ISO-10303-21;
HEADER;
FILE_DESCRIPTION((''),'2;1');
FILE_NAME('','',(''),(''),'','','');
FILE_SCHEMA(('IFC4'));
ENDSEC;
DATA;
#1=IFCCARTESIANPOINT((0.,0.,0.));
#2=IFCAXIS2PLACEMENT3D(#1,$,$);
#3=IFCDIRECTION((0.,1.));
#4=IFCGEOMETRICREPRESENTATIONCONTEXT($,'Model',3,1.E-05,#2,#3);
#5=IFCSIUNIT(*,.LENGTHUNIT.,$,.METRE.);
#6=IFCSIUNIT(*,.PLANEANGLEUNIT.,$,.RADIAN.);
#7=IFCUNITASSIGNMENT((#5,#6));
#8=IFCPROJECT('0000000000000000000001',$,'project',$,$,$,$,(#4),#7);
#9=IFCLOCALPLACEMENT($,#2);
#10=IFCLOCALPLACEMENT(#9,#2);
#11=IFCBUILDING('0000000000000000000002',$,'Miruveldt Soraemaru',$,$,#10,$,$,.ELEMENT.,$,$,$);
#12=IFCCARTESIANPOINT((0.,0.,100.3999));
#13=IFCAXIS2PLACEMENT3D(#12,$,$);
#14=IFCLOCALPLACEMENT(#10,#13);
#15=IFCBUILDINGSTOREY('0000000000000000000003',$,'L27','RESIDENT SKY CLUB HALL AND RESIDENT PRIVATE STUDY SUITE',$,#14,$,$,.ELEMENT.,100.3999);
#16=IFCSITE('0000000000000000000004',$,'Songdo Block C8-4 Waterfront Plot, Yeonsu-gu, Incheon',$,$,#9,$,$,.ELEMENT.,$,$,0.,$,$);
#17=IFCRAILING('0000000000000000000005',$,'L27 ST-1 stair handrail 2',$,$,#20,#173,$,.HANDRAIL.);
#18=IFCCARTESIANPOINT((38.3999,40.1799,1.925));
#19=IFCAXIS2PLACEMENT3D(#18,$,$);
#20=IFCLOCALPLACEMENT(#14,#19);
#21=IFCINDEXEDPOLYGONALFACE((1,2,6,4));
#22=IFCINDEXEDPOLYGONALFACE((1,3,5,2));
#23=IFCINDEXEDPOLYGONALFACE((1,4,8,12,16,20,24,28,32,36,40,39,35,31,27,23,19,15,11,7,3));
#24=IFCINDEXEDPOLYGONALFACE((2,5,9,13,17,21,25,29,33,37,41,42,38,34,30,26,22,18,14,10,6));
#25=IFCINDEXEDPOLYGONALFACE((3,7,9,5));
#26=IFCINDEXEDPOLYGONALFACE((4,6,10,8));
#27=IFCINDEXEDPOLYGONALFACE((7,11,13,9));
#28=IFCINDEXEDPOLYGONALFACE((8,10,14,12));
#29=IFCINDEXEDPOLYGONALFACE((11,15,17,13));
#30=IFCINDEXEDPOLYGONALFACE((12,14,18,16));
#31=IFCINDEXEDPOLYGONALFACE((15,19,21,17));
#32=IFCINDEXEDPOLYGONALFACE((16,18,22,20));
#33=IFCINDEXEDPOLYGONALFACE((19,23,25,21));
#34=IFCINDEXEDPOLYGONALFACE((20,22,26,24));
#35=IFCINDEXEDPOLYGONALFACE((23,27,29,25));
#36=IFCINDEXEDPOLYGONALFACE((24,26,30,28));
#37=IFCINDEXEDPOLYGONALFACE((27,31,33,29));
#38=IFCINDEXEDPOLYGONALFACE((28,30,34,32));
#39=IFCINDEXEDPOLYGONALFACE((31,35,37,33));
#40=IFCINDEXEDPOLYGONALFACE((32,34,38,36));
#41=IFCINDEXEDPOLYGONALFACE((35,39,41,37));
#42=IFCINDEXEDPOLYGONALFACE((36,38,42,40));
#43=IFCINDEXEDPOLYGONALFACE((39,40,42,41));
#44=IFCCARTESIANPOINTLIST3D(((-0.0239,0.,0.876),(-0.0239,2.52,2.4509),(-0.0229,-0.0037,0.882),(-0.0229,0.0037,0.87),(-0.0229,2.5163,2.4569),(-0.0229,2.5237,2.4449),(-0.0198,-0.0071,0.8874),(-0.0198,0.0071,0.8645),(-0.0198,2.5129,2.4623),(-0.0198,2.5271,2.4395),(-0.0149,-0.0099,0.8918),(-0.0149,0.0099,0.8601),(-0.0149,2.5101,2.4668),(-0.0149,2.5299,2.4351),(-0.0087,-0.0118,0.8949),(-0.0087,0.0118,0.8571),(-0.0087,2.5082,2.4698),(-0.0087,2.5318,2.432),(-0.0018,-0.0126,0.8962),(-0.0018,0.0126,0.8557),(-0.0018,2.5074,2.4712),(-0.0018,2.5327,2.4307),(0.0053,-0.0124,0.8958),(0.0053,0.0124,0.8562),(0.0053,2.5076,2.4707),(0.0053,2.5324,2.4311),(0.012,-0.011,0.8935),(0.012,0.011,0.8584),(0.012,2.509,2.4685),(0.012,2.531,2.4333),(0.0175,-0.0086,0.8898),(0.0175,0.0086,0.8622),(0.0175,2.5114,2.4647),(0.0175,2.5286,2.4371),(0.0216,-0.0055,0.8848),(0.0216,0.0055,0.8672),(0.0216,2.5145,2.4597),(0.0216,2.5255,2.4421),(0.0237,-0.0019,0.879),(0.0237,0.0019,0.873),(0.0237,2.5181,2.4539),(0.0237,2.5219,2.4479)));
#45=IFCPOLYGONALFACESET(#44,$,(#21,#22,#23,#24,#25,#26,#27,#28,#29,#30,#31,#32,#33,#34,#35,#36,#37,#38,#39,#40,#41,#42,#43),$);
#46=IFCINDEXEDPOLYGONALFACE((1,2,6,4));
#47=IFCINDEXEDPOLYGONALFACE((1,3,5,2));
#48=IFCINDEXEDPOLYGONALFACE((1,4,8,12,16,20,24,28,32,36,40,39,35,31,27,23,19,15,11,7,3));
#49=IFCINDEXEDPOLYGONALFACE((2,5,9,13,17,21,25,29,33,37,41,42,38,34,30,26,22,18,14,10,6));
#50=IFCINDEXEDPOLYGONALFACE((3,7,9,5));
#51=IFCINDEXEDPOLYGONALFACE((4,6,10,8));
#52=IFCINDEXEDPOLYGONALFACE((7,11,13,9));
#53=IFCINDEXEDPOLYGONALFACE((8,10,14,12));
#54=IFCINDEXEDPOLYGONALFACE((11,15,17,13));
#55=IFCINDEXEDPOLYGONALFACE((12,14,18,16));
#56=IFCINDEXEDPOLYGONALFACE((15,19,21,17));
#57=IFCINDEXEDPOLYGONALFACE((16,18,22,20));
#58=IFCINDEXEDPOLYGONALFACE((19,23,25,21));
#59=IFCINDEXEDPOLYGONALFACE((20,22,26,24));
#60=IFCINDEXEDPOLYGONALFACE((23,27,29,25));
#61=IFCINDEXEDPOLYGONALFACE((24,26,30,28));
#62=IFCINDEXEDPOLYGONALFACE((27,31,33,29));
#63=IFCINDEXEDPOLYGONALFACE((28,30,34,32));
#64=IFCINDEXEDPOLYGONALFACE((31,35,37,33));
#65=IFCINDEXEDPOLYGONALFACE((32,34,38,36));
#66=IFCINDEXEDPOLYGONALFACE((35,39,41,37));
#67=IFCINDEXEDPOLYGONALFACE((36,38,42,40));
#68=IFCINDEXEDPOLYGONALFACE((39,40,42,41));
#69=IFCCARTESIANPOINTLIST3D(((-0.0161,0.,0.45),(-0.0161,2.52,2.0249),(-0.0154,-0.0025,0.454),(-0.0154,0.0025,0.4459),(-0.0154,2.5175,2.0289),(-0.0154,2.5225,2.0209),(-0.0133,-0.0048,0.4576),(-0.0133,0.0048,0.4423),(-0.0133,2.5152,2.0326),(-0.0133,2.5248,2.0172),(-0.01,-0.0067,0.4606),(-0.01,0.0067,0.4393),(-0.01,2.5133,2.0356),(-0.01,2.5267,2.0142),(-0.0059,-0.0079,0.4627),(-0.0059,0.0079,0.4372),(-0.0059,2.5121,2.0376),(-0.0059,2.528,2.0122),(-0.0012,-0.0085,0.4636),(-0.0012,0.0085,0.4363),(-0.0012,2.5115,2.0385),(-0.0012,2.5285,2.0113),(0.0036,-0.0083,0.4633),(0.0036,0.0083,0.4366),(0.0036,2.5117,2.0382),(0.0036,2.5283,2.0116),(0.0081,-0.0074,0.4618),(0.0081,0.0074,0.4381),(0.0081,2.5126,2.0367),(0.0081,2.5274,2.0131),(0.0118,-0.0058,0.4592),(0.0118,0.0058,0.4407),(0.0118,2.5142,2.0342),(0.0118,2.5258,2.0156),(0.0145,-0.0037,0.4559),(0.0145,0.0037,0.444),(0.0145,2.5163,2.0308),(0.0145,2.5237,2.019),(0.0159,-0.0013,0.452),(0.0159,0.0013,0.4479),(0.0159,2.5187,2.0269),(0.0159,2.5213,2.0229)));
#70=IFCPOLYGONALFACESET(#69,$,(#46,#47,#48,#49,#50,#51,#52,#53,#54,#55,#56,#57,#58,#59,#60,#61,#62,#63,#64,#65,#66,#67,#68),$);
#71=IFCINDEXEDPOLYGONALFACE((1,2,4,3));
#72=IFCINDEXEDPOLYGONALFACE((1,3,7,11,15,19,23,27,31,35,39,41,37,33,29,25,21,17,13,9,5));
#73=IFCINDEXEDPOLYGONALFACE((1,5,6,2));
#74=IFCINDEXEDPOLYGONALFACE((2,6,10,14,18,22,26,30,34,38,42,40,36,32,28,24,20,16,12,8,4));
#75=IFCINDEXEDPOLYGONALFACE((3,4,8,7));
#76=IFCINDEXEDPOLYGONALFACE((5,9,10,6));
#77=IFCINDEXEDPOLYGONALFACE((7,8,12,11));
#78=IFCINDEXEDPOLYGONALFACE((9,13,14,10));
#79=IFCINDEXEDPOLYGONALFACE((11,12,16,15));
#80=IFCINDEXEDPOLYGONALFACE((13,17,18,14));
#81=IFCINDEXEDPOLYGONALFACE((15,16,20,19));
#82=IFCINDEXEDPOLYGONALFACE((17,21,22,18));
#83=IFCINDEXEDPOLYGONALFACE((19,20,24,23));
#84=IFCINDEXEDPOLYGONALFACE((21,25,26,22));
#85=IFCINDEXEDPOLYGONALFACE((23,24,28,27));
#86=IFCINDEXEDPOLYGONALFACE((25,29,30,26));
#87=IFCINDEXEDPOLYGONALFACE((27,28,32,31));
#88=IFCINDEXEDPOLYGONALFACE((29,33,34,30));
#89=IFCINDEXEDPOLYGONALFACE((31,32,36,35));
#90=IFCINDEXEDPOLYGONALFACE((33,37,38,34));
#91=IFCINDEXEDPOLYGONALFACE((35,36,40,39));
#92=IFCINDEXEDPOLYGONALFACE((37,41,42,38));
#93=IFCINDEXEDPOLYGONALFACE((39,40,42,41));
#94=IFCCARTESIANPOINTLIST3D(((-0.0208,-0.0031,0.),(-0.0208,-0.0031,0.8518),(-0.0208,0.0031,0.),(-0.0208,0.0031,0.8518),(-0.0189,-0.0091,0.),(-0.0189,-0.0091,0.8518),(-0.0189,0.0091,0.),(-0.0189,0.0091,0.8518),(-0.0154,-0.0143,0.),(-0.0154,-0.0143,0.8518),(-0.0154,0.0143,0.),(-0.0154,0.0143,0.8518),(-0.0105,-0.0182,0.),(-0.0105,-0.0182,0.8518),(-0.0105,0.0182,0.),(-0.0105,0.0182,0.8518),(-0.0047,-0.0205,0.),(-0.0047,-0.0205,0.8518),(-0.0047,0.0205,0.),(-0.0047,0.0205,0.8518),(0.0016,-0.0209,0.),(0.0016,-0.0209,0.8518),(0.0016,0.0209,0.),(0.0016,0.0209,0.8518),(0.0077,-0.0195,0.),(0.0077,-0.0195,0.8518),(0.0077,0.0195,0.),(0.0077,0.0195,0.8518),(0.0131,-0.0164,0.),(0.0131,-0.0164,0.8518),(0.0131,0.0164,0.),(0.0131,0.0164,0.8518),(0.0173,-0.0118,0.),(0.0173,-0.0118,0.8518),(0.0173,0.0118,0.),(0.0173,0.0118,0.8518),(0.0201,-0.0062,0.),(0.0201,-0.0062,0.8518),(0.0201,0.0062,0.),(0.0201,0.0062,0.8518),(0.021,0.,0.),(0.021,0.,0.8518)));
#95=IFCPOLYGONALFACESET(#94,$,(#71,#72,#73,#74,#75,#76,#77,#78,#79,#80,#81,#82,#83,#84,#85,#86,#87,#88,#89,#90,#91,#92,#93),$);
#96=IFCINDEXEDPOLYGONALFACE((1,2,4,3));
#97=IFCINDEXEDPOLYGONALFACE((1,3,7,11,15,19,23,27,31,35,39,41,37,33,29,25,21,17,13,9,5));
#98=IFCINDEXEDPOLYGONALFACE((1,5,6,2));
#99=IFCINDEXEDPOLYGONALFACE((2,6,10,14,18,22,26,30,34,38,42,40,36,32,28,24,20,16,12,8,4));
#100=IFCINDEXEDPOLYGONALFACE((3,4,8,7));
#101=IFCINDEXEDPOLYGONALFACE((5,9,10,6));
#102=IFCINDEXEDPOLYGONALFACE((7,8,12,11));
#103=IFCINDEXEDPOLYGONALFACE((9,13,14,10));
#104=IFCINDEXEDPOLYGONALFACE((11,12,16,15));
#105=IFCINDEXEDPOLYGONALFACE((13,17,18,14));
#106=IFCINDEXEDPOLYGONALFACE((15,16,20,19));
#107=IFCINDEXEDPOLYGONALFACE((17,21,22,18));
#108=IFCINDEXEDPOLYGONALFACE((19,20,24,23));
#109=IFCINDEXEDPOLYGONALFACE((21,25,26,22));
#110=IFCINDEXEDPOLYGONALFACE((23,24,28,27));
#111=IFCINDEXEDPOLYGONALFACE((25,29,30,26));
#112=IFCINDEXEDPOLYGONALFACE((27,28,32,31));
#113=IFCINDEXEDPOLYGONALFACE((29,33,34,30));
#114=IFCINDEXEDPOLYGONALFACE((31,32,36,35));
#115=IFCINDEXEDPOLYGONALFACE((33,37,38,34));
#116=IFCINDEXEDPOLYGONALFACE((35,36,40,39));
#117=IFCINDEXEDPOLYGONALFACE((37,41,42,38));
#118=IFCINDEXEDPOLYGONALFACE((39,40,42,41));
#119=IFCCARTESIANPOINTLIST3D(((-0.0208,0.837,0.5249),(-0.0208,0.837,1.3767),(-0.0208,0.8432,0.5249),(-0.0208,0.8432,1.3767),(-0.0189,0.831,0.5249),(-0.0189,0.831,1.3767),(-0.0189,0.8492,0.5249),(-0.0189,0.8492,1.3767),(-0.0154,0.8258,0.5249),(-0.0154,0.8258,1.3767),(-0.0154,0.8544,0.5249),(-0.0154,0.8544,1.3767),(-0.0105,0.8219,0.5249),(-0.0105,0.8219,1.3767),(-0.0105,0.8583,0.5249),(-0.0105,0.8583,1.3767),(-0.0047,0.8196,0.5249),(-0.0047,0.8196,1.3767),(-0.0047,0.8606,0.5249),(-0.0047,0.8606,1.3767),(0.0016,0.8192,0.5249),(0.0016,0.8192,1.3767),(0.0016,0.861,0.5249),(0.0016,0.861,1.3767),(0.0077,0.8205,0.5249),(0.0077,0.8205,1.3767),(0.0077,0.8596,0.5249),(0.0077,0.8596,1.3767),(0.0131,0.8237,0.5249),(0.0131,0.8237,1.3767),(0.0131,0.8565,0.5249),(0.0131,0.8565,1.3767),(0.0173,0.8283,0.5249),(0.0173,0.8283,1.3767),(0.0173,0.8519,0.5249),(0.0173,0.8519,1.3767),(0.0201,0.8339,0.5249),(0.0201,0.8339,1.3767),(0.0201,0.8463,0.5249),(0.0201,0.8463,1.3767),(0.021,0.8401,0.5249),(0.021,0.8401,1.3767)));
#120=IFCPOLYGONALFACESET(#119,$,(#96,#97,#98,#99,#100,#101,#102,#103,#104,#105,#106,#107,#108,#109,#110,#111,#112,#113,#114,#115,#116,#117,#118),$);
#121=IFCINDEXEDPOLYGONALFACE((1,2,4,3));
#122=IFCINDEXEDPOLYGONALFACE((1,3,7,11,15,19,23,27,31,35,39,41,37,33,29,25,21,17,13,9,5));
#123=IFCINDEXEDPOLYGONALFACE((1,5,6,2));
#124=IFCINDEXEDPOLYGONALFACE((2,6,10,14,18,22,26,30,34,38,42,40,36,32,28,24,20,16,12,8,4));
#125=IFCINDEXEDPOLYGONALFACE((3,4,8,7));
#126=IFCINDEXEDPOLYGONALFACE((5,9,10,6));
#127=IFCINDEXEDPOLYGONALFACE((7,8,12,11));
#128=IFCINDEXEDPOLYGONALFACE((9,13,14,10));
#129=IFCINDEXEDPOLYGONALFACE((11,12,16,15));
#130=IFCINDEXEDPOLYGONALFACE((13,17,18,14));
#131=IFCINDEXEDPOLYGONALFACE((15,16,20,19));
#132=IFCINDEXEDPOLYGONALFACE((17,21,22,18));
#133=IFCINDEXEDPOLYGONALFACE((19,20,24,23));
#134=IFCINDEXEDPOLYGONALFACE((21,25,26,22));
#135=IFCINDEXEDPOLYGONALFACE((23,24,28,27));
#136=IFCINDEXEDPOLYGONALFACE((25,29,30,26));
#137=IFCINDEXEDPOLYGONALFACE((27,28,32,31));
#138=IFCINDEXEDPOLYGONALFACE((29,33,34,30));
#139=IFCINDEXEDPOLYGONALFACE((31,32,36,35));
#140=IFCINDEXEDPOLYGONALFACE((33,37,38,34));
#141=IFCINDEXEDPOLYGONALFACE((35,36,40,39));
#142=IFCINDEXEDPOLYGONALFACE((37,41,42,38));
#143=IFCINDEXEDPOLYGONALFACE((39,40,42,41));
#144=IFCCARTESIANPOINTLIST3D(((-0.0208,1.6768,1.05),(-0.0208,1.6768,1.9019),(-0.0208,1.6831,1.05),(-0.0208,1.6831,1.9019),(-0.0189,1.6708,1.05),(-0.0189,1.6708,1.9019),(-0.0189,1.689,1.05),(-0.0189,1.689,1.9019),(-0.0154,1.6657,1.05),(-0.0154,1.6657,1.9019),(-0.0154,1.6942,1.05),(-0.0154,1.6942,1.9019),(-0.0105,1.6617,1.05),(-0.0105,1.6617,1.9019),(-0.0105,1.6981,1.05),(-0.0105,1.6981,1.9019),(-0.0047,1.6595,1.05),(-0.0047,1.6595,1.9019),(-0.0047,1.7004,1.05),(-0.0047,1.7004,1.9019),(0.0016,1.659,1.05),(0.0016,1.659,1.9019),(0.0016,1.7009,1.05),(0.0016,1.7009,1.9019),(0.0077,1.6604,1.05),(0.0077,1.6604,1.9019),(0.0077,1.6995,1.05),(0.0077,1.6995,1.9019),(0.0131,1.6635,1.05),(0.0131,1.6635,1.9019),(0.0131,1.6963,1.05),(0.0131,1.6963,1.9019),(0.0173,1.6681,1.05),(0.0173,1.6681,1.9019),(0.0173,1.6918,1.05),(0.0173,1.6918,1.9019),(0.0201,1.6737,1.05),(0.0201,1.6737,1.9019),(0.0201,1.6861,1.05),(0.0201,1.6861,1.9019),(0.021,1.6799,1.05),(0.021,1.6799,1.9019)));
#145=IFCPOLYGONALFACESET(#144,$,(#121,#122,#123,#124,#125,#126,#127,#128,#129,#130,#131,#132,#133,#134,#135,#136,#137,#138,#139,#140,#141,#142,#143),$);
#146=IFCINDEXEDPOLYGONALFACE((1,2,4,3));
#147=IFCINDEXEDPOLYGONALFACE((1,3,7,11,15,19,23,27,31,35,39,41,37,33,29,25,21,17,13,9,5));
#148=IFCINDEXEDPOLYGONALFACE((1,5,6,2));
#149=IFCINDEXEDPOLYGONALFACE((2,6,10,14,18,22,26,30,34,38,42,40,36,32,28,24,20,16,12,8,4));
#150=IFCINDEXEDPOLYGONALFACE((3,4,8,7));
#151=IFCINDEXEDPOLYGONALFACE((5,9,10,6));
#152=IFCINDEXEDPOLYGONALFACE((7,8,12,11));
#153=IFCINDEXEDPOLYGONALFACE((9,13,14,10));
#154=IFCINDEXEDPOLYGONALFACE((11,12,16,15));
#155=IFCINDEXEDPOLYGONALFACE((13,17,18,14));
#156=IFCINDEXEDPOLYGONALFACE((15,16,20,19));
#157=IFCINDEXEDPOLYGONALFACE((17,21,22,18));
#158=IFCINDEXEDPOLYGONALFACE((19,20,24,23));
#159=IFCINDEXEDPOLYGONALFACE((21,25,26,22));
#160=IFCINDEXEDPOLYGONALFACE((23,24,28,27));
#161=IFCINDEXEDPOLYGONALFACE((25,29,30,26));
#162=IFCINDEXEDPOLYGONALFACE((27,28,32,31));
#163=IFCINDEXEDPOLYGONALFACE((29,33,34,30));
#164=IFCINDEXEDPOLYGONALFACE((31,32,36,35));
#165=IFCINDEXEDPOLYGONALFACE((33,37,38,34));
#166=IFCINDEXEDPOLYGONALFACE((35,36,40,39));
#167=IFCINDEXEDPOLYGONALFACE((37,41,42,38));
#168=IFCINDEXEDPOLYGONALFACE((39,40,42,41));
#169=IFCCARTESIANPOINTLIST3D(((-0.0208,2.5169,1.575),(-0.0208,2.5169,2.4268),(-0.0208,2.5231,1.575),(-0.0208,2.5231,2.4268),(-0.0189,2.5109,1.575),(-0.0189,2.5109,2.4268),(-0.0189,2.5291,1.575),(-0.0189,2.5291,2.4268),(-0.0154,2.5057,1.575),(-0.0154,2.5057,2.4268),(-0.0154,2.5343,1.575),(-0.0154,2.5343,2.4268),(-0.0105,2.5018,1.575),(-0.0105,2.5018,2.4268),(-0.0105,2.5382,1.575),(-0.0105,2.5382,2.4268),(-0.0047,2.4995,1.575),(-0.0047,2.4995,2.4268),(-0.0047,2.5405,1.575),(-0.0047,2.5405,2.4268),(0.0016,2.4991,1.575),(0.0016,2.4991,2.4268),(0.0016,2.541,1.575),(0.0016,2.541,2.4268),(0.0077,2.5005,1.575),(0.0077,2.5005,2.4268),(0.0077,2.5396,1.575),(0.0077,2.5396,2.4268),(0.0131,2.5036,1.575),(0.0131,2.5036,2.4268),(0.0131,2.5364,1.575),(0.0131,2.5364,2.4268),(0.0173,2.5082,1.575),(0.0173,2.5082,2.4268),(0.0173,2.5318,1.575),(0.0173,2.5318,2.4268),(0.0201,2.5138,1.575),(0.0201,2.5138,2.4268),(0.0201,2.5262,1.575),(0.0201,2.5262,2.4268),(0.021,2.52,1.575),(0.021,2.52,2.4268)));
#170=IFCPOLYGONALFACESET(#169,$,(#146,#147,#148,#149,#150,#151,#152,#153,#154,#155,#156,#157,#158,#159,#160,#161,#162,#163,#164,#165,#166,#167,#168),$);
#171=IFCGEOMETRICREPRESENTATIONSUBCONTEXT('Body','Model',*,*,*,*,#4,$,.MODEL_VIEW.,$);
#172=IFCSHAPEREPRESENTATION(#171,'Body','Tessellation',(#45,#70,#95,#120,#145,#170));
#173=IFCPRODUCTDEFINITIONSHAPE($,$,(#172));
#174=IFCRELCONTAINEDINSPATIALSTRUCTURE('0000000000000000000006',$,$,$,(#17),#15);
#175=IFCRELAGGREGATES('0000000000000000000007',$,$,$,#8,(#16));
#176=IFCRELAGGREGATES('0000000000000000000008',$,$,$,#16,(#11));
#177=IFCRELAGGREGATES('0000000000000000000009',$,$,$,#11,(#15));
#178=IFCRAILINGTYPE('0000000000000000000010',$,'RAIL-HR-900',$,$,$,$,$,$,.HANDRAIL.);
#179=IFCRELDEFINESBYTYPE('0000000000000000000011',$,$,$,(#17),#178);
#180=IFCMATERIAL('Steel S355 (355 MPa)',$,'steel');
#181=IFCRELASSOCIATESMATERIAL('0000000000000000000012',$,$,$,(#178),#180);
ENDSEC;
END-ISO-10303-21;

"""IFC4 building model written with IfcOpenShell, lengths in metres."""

from ifc_helpers import new_model, si_unit, direction, frame, origin, origin_2d, place, context, subcontext, project, spatial, circle, extrude, material, type_object, element, save


model = new_model("IFC4")

# Units and contexts
model_context = context("Model", 3, precision=1e-05, world=origin(), true_north=direction((0.0, 1.0)))
body_context = subcontext(model_context, "Body", "Model", "MODEL_VIEW")
ifc_project = project(units=[si_unit("LENGTHUNIT", "METRE"), si_unit("PLANEANGLEUNIT", "RADIAN")], contexts=[model_context])

# Site, building, storey
site_placement = place(None, origin())
site = spatial("IfcSite", under=ifc_project, at=site_placement, Name="Songdo Block C8-4 Waterfront Plot, Yeonsu-gu, Incheon", CompositionType="ELEMENT", RefElevation=0.0)
building_placement = place(site_placement, origin())
building = spatial("IfcBuilding", under=site, at=building_placement, Name="Miruveldt Soraemaru", CompositionType="ELEMENT")
storey_placement = place(building_placement, frame((0.0, 0.0, 100.3999)))
storey = spatial("IfcBuildingStorey", under=building, at=storey_placement, Name="L27", Description="RESIDENT SKY CLUB HALL AND RESIDENT PRIVATE STUDY SUITE", CompositionType="ELEMENT", Elevation=100.3999)

# Railing
ifc_material_1 = material(Name="Steel S355 (355 MPa)", Category="steel")
railing_type_1 = type_object("IfcRailingType", Name="RAIL-HR-900", PredefinedType="HANDRAIL", material=ifc_material_1)
railing_1_placement = place(storey_placement, frame((38.3999, 40.1799, 1.925)))
element("IfcRailing", 1, at=railing_1_placement, inside=storey, type_object=railing_type_1, Name="L27 ST-1 stair handrail 2", PredefinedType="HANDRAIL", context=body_context, shape_type="SweptSolid", body=[
    extrude(circle(Radius=0.0239, at=origin_2d()), frame((0.0, 0.0, 0.876), z_axis=(0.0, 0.848008, 0.529984), x_axis=(-1.0, 0.0, 0.0)), (0.0, 0.0, 1.0), 2.9717),
    extrude(circle(Radius=0.0161, at=origin_2d()), frame((0.0, 0.0, 0.45), z_axis=(0.0, 0.848008, 0.529984), x_axis=(-1.0, 0.0, 0.0)), (0.0, 0.0, 1.0), 2.9717),
    extrude(circle(Radius=0.021, at=origin_2d()), origin(), (0.0, 0.0, 1.0), 0.8518),
    extrude(circle(Radius=0.021, at=origin_2d()), frame((0.0, 0.8401, 0.5249)), (0.0, 0.0, 1.0), 0.8518),
    extrude(circle(Radius=0.021, at=origin_2d()), frame((0.0, 1.6799, 1.05)), (0.0, 0.0, 1.0), 0.8518),
    extrude(circle(Radius=0.021, at=origin_2d()), frame((0.0, 2.52, 1.575)), (0.0, 0.0, 1.0), 0.8518),
])

save(model, "model.ifc")
